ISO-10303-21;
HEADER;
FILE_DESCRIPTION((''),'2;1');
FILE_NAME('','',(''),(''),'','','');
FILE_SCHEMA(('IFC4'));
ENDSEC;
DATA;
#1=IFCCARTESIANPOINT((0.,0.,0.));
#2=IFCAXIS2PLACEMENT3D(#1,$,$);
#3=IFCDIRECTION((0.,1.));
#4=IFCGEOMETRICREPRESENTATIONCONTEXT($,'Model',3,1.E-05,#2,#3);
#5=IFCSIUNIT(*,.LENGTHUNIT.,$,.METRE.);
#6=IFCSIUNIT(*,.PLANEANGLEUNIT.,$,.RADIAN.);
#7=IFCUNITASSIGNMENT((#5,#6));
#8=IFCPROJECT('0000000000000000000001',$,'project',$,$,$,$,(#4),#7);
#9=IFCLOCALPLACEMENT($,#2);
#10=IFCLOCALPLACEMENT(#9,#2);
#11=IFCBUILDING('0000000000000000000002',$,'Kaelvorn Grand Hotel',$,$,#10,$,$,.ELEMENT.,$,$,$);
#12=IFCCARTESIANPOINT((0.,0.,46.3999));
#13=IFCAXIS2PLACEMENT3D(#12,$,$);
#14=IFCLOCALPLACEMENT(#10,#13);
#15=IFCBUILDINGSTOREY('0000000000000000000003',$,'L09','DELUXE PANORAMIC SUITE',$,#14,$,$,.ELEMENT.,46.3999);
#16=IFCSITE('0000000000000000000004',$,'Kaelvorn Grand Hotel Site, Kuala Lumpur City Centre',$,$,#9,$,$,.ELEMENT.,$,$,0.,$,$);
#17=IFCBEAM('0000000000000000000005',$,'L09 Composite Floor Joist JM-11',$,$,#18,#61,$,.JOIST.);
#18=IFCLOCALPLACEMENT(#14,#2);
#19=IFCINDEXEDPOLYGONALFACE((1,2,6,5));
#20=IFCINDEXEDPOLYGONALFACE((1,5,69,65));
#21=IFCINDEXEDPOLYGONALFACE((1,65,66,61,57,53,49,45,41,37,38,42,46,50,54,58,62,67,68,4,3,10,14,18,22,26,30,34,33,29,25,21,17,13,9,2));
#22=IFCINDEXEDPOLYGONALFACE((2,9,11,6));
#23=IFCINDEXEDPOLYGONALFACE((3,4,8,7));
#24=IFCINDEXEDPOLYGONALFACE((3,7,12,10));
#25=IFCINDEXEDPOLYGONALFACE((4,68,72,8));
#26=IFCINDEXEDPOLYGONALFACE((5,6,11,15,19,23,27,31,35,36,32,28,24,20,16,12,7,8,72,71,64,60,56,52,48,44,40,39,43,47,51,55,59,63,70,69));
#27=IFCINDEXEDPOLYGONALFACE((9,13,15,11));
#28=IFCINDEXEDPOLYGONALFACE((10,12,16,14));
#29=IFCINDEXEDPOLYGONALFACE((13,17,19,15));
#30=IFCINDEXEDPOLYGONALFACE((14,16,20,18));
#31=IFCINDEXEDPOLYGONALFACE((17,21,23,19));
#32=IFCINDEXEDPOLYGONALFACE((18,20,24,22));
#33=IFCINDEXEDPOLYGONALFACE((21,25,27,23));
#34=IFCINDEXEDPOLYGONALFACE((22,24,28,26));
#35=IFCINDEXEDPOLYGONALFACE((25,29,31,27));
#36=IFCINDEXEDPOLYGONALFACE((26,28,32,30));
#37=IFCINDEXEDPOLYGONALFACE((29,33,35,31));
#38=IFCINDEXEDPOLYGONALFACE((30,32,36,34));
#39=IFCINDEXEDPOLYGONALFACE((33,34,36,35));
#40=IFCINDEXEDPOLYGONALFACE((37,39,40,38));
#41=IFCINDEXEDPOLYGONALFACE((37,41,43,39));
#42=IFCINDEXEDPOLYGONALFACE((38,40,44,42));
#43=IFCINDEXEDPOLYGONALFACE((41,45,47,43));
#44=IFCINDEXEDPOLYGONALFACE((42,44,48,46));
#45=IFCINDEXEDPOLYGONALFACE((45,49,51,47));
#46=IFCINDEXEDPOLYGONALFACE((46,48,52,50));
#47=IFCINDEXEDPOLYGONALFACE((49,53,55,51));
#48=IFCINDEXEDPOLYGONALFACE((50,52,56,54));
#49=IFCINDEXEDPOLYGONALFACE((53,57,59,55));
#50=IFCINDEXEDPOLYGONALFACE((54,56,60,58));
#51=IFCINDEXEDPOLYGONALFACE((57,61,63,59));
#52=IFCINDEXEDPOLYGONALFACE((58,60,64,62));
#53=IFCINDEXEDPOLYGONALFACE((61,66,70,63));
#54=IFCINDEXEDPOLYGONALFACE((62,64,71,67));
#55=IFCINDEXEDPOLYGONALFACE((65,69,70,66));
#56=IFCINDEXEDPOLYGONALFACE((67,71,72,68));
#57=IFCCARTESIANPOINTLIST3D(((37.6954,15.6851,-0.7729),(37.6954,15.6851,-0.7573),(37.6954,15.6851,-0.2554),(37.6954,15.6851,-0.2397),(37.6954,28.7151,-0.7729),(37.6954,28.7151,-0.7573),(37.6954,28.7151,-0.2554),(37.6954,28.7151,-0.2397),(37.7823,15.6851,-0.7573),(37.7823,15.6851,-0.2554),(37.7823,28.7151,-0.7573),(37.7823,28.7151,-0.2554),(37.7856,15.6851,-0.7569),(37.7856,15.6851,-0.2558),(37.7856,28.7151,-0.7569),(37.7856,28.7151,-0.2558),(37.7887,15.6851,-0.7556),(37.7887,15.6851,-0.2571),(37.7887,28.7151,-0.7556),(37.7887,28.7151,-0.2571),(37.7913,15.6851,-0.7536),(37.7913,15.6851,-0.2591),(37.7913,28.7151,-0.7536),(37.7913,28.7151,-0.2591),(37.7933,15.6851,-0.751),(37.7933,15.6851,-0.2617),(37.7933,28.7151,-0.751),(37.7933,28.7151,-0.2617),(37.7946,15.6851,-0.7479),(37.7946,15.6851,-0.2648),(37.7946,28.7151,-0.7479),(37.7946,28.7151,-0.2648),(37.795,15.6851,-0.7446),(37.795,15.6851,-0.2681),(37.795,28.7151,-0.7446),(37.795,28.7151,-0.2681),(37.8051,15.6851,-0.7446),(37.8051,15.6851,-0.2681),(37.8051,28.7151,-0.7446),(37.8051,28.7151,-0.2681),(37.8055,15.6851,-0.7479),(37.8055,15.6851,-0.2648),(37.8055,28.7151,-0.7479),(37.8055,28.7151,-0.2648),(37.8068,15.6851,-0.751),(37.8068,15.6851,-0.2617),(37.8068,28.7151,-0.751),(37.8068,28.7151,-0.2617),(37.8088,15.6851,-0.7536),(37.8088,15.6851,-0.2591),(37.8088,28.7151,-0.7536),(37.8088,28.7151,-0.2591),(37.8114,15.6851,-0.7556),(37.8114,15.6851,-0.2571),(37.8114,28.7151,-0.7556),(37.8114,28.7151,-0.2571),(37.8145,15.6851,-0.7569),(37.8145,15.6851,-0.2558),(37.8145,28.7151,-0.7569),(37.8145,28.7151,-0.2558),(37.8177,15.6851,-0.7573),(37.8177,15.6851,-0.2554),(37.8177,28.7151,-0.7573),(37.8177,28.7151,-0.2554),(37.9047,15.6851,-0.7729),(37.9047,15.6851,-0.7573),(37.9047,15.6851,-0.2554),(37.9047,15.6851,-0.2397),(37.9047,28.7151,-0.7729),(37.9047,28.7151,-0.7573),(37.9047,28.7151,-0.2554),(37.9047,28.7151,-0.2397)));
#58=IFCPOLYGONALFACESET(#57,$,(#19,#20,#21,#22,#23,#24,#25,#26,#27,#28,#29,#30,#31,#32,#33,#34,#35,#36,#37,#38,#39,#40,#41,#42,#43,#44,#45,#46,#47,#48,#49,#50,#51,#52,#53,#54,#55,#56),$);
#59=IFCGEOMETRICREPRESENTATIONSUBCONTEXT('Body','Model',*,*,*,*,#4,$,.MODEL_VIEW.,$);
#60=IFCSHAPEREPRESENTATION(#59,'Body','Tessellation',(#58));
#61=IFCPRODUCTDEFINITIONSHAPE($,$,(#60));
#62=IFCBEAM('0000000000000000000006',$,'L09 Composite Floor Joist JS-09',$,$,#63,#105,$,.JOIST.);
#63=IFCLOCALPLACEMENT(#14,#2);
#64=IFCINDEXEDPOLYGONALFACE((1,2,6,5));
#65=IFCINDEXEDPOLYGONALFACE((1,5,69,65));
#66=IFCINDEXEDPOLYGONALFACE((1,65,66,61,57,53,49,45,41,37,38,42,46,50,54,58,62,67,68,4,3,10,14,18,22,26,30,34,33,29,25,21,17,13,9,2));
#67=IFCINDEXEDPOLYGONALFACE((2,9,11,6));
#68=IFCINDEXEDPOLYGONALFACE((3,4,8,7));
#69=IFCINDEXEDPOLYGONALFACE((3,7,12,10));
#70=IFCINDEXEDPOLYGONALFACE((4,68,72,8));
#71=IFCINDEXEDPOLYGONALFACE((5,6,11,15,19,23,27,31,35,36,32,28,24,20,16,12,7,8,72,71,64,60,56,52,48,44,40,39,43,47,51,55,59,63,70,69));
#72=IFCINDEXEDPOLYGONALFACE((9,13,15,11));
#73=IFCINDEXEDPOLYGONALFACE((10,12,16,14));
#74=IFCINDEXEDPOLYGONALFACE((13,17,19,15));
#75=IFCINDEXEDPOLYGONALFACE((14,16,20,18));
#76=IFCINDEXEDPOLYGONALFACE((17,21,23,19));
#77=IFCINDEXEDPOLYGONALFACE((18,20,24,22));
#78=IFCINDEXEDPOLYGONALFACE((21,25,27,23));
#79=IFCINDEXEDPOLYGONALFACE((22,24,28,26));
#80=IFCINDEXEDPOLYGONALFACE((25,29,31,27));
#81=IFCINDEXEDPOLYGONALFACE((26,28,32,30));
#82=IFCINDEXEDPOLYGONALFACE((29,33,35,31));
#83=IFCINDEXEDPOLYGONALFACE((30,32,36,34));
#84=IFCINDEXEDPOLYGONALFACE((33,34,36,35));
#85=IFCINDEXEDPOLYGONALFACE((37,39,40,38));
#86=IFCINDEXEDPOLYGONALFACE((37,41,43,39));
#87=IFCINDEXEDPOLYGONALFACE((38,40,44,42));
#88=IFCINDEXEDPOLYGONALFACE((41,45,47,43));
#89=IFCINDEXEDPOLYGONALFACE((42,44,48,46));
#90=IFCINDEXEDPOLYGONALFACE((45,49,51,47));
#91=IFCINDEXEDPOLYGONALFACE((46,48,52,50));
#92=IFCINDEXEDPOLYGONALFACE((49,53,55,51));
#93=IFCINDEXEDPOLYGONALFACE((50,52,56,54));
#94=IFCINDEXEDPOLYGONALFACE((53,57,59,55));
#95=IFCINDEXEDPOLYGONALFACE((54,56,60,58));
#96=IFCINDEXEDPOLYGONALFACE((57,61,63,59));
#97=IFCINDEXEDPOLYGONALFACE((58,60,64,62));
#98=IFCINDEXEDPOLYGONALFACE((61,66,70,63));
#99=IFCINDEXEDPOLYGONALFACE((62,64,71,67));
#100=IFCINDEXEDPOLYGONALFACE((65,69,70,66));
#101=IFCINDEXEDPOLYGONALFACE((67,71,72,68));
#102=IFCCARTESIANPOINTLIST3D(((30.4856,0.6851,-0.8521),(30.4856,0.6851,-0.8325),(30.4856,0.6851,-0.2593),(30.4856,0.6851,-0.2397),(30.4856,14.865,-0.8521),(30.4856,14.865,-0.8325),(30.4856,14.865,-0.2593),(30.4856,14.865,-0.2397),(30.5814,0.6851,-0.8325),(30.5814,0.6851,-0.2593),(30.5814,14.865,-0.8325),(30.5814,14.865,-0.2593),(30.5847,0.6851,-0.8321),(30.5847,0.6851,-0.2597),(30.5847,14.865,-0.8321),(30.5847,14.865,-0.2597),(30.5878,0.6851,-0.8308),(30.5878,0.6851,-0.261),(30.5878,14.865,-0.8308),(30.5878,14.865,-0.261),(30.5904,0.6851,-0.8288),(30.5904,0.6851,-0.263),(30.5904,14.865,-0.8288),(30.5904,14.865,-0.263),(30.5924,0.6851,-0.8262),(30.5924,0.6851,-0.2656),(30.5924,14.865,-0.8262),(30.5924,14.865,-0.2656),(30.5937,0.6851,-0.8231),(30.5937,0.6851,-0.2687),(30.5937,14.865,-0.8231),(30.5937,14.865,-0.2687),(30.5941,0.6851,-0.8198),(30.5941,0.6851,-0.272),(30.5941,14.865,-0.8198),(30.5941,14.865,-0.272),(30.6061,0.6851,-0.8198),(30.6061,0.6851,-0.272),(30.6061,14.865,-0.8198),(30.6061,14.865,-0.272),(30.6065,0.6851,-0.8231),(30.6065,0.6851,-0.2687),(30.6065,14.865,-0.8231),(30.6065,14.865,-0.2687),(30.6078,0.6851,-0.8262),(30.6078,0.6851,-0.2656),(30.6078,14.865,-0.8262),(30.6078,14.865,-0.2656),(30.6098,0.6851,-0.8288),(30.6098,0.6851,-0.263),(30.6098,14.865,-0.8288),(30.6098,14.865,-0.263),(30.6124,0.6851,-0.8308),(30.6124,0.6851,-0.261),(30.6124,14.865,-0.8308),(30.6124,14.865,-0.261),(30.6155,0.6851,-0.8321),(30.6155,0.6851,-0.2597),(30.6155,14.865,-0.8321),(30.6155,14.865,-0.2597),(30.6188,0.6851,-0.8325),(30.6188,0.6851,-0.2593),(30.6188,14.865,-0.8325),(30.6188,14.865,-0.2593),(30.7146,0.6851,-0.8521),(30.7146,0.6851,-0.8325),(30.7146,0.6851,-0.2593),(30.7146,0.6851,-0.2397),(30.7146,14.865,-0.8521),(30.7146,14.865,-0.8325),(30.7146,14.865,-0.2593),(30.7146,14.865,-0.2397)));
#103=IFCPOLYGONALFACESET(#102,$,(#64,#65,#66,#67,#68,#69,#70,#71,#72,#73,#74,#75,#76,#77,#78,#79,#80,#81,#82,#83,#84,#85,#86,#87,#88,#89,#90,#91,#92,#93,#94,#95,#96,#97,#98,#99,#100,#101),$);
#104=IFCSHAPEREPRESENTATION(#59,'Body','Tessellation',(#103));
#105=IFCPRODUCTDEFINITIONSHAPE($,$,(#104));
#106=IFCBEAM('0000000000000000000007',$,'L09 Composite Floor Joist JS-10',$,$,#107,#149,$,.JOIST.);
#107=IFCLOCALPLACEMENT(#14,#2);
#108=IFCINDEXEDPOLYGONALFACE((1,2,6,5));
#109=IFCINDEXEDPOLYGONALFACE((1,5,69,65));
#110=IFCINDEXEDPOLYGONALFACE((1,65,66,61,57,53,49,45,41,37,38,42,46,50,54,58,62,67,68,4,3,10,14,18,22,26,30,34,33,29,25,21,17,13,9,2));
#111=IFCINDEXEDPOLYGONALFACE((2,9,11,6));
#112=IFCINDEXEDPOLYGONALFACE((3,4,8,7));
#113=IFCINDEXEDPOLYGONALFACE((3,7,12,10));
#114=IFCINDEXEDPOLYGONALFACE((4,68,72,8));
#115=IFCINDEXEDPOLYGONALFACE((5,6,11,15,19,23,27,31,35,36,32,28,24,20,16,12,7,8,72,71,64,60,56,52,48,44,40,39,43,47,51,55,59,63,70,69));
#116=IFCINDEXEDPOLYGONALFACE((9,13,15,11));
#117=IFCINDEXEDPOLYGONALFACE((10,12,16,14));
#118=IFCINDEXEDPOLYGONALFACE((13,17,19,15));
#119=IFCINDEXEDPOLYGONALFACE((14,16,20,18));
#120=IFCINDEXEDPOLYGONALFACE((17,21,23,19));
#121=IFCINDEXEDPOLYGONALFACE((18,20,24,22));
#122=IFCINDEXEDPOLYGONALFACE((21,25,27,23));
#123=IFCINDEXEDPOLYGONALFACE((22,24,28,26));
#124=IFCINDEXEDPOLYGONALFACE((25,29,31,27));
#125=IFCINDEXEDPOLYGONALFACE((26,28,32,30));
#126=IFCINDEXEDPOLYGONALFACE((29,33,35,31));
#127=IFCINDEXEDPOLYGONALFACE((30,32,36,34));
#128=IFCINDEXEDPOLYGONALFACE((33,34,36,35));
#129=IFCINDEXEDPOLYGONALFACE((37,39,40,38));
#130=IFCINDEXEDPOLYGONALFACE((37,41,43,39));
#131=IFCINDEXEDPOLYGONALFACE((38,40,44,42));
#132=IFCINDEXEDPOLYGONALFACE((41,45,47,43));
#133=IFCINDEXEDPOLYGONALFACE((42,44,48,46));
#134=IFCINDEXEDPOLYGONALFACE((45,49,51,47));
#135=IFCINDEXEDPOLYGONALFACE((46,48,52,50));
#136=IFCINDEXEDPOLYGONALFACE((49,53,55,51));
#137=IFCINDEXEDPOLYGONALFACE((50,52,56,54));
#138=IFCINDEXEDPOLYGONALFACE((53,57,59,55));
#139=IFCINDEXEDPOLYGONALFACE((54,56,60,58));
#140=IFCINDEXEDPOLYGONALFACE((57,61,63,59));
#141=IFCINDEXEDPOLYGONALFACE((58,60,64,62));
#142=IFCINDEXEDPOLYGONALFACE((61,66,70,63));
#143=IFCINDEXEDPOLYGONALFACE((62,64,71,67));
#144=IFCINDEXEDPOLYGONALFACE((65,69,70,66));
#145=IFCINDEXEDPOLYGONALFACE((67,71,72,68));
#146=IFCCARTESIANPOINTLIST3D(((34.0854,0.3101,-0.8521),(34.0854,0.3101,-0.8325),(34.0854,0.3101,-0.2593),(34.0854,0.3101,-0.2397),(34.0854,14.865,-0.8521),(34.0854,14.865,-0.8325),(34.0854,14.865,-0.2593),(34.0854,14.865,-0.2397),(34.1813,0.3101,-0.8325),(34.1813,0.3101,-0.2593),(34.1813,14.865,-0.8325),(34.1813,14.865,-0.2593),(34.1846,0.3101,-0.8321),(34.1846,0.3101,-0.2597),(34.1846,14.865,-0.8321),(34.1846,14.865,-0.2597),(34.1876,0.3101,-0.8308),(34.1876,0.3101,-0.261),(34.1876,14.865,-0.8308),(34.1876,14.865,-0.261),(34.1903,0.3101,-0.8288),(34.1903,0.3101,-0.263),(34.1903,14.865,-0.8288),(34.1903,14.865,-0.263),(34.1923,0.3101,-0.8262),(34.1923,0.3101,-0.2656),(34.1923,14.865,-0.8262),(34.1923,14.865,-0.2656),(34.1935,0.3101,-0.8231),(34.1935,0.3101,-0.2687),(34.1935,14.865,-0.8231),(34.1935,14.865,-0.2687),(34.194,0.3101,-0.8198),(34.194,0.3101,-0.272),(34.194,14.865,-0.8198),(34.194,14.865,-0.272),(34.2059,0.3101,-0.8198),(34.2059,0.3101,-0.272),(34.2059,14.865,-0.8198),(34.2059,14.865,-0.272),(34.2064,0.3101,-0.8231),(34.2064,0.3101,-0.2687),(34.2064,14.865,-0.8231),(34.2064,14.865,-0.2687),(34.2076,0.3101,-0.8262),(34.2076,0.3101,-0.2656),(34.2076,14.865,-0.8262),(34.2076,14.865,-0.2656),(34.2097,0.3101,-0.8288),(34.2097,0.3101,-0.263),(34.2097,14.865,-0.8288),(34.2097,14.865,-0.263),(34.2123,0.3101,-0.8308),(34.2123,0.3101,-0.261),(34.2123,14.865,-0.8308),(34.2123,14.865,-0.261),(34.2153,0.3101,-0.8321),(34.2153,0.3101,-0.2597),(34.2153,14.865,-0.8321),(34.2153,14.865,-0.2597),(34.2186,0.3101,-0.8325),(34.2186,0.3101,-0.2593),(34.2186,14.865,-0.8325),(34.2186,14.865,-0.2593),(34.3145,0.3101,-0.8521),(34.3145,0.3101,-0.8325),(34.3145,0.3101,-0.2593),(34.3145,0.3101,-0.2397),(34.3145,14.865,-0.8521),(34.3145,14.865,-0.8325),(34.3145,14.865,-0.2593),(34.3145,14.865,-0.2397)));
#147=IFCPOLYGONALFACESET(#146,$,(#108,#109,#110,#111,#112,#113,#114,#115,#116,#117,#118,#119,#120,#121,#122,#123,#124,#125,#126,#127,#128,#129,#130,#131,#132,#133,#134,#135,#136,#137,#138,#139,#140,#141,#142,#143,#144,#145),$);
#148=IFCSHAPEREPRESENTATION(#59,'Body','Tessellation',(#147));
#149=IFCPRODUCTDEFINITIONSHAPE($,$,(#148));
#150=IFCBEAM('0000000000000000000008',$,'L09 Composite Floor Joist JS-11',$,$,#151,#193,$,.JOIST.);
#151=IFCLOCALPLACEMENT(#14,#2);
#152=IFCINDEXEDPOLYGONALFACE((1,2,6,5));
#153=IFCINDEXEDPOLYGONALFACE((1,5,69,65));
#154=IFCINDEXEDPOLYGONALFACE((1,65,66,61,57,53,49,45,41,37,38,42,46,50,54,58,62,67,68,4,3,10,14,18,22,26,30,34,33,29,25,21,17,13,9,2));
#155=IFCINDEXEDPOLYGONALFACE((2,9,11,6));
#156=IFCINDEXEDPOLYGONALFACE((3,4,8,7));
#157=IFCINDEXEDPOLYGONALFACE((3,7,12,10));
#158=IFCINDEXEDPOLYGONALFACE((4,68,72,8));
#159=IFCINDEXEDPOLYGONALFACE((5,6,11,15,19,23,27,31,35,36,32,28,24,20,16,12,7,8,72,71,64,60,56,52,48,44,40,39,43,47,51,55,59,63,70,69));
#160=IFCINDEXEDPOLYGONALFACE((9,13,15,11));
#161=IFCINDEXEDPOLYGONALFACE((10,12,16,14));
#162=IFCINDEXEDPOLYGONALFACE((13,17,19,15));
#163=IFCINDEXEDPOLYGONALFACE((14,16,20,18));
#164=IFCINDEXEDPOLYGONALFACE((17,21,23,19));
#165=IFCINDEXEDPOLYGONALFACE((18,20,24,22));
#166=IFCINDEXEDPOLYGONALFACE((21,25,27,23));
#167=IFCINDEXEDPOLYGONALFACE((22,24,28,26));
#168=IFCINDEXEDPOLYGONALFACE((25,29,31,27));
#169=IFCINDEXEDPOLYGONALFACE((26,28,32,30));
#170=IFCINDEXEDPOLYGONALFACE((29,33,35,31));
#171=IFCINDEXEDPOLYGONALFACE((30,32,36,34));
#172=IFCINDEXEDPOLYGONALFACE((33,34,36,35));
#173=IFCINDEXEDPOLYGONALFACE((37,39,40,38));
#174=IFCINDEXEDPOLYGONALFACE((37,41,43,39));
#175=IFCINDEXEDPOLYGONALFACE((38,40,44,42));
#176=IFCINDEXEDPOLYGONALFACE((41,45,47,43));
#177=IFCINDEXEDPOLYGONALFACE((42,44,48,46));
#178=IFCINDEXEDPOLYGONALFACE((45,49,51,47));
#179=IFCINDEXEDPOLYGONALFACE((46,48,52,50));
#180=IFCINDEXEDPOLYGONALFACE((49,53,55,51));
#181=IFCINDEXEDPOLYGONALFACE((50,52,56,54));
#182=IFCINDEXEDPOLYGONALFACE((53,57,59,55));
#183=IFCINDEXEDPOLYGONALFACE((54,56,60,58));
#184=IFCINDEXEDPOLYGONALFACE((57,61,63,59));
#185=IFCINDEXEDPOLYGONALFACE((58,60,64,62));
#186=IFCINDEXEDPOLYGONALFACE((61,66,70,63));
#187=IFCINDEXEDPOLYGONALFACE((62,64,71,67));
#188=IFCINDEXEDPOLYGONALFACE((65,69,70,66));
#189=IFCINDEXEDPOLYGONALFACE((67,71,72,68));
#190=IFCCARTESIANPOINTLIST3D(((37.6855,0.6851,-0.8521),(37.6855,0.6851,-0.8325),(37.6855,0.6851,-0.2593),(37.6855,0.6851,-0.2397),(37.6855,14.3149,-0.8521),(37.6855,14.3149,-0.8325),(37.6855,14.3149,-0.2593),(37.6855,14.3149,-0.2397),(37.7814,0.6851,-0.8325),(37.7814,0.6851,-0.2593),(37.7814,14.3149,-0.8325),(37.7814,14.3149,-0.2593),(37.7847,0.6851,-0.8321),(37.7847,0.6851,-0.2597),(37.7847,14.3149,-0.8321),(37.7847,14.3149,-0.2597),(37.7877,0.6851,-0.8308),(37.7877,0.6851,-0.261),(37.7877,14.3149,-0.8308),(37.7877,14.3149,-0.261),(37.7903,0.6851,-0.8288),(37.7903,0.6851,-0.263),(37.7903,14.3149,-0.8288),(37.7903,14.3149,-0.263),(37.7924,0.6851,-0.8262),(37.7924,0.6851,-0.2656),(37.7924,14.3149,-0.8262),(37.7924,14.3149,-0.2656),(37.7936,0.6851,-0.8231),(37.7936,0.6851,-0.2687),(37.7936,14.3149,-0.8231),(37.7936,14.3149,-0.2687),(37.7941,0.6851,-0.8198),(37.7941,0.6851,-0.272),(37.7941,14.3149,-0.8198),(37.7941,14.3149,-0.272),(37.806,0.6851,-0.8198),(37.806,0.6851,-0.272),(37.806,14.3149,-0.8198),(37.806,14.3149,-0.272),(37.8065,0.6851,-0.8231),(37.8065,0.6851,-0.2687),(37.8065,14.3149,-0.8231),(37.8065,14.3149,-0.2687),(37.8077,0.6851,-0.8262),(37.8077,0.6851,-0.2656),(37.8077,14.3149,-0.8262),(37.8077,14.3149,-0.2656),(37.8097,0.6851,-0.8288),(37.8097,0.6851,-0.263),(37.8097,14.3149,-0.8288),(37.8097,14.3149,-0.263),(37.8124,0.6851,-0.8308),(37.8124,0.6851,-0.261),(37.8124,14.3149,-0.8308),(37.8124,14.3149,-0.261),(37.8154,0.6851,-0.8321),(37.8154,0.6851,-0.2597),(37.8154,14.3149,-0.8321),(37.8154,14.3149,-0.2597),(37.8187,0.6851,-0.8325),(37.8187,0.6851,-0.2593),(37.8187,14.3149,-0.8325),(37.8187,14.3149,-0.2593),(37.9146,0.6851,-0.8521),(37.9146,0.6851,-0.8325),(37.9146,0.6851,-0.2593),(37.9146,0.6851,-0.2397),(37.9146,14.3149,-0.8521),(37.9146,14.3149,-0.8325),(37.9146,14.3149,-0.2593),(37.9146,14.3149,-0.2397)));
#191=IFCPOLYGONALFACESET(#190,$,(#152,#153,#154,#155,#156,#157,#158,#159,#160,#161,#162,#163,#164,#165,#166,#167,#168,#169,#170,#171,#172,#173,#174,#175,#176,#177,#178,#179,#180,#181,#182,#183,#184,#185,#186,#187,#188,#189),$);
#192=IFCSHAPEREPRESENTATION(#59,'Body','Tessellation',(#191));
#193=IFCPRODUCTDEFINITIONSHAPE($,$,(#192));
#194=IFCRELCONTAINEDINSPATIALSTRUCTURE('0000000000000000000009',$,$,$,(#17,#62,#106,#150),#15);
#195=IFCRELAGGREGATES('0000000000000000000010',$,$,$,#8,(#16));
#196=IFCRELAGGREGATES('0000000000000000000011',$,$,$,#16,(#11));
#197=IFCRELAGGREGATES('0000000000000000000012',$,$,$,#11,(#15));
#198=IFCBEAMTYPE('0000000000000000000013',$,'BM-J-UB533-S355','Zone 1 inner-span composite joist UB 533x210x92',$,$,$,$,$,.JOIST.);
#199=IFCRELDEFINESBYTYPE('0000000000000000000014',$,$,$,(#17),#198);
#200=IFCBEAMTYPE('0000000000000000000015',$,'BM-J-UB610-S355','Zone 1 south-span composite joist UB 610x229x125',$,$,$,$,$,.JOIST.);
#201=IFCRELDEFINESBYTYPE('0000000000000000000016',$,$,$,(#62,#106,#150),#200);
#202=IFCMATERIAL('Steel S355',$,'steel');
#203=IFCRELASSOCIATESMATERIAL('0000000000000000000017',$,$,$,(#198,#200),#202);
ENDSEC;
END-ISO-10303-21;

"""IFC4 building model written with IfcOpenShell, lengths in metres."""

from ifc_helpers import new_model, si_unit, direction, frame, origin, origin_2d, place, context, subcontext, project, spatial, i_section, extrude, material, material_profile, profile_set, type_object, element, save


model = new_model("IFC4")

# Units and contexts
model_context = context("Model", 3, precision=1e-05, world=origin(), true_north=direction((0.0, 1.0)))
body_context = subcontext(model_context, "Body", "Model", "MODEL_VIEW")
ifc_project = project(units=[si_unit("LENGTHUNIT", "METRE"), si_unit("PLANEANGLEUNIT", "RADIAN")], contexts=[model_context])

# Site, building, storey
site_placement = place(None, origin())
site = spatial("IfcSite", under=ifc_project, at=site_placement, Name="Kaelvorn Grand Hotel Site, Kuala Lumpur City Centre", CompositionType="ELEMENT", RefElevation=0.0)
building_placement = place(site_placement, origin())
building = spatial("IfcBuilding", under=site, at=building_placement, Name="Kaelvorn Grand Hotel", CompositionType="ELEMENT")
storey_placement = place(building_placement, frame((0.0, 0.0, 46.3999)))
storey = spatial("IfcBuildingStorey", under=building, at=storey_placement, Name="L09", Description="DELUXE PANORAMIC SUITE", CompositionType="ELEMENT", Elevation=46.3999)

# Beams
ifc_material_1 = material(Name="Steel S355", Category="steel")
ifc_material_profile_1 = material_profile(ifc_material_1, i_section(OverallWidth=0.2092, OverallDepth=0.5332, WebThickness=0.01, FlangeThickness=0.0156, FilletRadius=0.0127, at=origin_2d()), Name="UB 533x210x92")
ifc_profile_set_1 = profile_set([ifc_material_profile_1], Name="Steel S355")
beam_type_1 = type_object("IfcBeamType", Name="BM-J-UB533-S355", Description="Zone 1 inner-span composite joist UB 533x210x92", PredefinedType="JOIST", material=ifc_profile_set_1)
beam_1_placement = place(storey_placement, frame((37.8, 15.6851, -0.5063), z_axis=(0.0, 1.0, 0.0), x_axis=(-1.0, 0.0, 0.0)))
element("IfcBeam", 1, at=beam_1_placement, inside=storey, type_object=beam_type_1, Name="L09 Composite Floor Joist JM-11", PredefinedType="JOIST", context=body_context, shape_type="SweptSolid", body=[
    extrude(i_section(OverallWidth=0.2092, OverallDepth=0.5332, WebThickness=0.01, FlangeThickness=0.0156, FilletRadius=0.0127, at=origin_2d()), origin(), (0.0, 0.0, 1.0), 13.03),
])
ifc_material_profile_2 = material_profile(ifc_material_1, i_section(OverallWidth=0.229, OverallDepth=0.6123, WebThickness=0.012, FlangeThickness=0.0195, FilletRadius=0.0127, at=origin_2d()), Name="UB 610x229x125")
ifc_profile_set_2 = profile_set([ifc_material_profile_2], Name="Steel S355")
beam_type_2 = type_object("IfcBeamType", Name="BM-J-UB610-S355", Description="Zone 1 south-span composite joist UB 610x229x125", PredefinedType="JOIST", material=ifc_profile_set_2)
beam_2_placement = place(storey_placement, frame((30.6001, 0.6851, -0.5459), z_axis=(0.0, 1.0, 0.0), x_axis=(-1.0, 0.0, 0.0)))
element("IfcBeam", 2, at=beam_2_placement, inside=storey, type_object=beam_type_2, Name="L09 Composite Floor Joist JS-09", PredefinedType="JOIST", context=body_context, shape_type="SweptSolid", body=[
    extrude(i_section(OverallWidth=0.229, OverallDepth=0.6123, WebThickness=0.012, FlangeThickness=0.0195, FilletRadius=0.0127, at=origin_2d()), origin(), (0.0, 0.0, 1.0), 14.1799),
])
beam_3_placement = place(storey_placement, frame((34.2, 0.3101, -0.5459), z_axis=(0.0, 1.0, 0.0), x_axis=(-1.0, 0.0, 0.0)))
element("IfcBeam", 3, at=beam_3_placement, inside=storey, type_object=beam_type_2, Name="L09 Composite Floor Joist JS-10", PredefinedType="JOIST", context=body_context, shape_type="SweptSolid", body=[
    extrude(i_section(OverallWidth=0.229, OverallDepth=0.6123, WebThickness=0.012, FlangeThickness=0.0195, FilletRadius=0.0127, at=origin_2d()), origin(), (0.0, 0.0, 1.0), 14.5549),
])
beam_4_placement = place(storey_placement, frame((37.8, 0.6851, -0.5459), z_axis=(0.0, 1.0, 0.0), x_axis=(-1.0, 0.0, 0.0)))
element("IfcBeam", 4, at=beam_4_placement, inside=storey, type_object=beam_type_2, Name="L09 Composite Floor Joist JS-11", PredefinedType="JOIST", context=body_context, shape_type="SweptSolid", body=[
    extrude(i_section(OverallWidth=0.229, OverallDepth=0.6123, WebThickness=0.012, FlangeThickness=0.0195, FilletRadius=0.0127, at=origin_2d()), origin(), (0.0, 0.0, 1.0), 13.6299),
])

save(model, "model.ifc")
